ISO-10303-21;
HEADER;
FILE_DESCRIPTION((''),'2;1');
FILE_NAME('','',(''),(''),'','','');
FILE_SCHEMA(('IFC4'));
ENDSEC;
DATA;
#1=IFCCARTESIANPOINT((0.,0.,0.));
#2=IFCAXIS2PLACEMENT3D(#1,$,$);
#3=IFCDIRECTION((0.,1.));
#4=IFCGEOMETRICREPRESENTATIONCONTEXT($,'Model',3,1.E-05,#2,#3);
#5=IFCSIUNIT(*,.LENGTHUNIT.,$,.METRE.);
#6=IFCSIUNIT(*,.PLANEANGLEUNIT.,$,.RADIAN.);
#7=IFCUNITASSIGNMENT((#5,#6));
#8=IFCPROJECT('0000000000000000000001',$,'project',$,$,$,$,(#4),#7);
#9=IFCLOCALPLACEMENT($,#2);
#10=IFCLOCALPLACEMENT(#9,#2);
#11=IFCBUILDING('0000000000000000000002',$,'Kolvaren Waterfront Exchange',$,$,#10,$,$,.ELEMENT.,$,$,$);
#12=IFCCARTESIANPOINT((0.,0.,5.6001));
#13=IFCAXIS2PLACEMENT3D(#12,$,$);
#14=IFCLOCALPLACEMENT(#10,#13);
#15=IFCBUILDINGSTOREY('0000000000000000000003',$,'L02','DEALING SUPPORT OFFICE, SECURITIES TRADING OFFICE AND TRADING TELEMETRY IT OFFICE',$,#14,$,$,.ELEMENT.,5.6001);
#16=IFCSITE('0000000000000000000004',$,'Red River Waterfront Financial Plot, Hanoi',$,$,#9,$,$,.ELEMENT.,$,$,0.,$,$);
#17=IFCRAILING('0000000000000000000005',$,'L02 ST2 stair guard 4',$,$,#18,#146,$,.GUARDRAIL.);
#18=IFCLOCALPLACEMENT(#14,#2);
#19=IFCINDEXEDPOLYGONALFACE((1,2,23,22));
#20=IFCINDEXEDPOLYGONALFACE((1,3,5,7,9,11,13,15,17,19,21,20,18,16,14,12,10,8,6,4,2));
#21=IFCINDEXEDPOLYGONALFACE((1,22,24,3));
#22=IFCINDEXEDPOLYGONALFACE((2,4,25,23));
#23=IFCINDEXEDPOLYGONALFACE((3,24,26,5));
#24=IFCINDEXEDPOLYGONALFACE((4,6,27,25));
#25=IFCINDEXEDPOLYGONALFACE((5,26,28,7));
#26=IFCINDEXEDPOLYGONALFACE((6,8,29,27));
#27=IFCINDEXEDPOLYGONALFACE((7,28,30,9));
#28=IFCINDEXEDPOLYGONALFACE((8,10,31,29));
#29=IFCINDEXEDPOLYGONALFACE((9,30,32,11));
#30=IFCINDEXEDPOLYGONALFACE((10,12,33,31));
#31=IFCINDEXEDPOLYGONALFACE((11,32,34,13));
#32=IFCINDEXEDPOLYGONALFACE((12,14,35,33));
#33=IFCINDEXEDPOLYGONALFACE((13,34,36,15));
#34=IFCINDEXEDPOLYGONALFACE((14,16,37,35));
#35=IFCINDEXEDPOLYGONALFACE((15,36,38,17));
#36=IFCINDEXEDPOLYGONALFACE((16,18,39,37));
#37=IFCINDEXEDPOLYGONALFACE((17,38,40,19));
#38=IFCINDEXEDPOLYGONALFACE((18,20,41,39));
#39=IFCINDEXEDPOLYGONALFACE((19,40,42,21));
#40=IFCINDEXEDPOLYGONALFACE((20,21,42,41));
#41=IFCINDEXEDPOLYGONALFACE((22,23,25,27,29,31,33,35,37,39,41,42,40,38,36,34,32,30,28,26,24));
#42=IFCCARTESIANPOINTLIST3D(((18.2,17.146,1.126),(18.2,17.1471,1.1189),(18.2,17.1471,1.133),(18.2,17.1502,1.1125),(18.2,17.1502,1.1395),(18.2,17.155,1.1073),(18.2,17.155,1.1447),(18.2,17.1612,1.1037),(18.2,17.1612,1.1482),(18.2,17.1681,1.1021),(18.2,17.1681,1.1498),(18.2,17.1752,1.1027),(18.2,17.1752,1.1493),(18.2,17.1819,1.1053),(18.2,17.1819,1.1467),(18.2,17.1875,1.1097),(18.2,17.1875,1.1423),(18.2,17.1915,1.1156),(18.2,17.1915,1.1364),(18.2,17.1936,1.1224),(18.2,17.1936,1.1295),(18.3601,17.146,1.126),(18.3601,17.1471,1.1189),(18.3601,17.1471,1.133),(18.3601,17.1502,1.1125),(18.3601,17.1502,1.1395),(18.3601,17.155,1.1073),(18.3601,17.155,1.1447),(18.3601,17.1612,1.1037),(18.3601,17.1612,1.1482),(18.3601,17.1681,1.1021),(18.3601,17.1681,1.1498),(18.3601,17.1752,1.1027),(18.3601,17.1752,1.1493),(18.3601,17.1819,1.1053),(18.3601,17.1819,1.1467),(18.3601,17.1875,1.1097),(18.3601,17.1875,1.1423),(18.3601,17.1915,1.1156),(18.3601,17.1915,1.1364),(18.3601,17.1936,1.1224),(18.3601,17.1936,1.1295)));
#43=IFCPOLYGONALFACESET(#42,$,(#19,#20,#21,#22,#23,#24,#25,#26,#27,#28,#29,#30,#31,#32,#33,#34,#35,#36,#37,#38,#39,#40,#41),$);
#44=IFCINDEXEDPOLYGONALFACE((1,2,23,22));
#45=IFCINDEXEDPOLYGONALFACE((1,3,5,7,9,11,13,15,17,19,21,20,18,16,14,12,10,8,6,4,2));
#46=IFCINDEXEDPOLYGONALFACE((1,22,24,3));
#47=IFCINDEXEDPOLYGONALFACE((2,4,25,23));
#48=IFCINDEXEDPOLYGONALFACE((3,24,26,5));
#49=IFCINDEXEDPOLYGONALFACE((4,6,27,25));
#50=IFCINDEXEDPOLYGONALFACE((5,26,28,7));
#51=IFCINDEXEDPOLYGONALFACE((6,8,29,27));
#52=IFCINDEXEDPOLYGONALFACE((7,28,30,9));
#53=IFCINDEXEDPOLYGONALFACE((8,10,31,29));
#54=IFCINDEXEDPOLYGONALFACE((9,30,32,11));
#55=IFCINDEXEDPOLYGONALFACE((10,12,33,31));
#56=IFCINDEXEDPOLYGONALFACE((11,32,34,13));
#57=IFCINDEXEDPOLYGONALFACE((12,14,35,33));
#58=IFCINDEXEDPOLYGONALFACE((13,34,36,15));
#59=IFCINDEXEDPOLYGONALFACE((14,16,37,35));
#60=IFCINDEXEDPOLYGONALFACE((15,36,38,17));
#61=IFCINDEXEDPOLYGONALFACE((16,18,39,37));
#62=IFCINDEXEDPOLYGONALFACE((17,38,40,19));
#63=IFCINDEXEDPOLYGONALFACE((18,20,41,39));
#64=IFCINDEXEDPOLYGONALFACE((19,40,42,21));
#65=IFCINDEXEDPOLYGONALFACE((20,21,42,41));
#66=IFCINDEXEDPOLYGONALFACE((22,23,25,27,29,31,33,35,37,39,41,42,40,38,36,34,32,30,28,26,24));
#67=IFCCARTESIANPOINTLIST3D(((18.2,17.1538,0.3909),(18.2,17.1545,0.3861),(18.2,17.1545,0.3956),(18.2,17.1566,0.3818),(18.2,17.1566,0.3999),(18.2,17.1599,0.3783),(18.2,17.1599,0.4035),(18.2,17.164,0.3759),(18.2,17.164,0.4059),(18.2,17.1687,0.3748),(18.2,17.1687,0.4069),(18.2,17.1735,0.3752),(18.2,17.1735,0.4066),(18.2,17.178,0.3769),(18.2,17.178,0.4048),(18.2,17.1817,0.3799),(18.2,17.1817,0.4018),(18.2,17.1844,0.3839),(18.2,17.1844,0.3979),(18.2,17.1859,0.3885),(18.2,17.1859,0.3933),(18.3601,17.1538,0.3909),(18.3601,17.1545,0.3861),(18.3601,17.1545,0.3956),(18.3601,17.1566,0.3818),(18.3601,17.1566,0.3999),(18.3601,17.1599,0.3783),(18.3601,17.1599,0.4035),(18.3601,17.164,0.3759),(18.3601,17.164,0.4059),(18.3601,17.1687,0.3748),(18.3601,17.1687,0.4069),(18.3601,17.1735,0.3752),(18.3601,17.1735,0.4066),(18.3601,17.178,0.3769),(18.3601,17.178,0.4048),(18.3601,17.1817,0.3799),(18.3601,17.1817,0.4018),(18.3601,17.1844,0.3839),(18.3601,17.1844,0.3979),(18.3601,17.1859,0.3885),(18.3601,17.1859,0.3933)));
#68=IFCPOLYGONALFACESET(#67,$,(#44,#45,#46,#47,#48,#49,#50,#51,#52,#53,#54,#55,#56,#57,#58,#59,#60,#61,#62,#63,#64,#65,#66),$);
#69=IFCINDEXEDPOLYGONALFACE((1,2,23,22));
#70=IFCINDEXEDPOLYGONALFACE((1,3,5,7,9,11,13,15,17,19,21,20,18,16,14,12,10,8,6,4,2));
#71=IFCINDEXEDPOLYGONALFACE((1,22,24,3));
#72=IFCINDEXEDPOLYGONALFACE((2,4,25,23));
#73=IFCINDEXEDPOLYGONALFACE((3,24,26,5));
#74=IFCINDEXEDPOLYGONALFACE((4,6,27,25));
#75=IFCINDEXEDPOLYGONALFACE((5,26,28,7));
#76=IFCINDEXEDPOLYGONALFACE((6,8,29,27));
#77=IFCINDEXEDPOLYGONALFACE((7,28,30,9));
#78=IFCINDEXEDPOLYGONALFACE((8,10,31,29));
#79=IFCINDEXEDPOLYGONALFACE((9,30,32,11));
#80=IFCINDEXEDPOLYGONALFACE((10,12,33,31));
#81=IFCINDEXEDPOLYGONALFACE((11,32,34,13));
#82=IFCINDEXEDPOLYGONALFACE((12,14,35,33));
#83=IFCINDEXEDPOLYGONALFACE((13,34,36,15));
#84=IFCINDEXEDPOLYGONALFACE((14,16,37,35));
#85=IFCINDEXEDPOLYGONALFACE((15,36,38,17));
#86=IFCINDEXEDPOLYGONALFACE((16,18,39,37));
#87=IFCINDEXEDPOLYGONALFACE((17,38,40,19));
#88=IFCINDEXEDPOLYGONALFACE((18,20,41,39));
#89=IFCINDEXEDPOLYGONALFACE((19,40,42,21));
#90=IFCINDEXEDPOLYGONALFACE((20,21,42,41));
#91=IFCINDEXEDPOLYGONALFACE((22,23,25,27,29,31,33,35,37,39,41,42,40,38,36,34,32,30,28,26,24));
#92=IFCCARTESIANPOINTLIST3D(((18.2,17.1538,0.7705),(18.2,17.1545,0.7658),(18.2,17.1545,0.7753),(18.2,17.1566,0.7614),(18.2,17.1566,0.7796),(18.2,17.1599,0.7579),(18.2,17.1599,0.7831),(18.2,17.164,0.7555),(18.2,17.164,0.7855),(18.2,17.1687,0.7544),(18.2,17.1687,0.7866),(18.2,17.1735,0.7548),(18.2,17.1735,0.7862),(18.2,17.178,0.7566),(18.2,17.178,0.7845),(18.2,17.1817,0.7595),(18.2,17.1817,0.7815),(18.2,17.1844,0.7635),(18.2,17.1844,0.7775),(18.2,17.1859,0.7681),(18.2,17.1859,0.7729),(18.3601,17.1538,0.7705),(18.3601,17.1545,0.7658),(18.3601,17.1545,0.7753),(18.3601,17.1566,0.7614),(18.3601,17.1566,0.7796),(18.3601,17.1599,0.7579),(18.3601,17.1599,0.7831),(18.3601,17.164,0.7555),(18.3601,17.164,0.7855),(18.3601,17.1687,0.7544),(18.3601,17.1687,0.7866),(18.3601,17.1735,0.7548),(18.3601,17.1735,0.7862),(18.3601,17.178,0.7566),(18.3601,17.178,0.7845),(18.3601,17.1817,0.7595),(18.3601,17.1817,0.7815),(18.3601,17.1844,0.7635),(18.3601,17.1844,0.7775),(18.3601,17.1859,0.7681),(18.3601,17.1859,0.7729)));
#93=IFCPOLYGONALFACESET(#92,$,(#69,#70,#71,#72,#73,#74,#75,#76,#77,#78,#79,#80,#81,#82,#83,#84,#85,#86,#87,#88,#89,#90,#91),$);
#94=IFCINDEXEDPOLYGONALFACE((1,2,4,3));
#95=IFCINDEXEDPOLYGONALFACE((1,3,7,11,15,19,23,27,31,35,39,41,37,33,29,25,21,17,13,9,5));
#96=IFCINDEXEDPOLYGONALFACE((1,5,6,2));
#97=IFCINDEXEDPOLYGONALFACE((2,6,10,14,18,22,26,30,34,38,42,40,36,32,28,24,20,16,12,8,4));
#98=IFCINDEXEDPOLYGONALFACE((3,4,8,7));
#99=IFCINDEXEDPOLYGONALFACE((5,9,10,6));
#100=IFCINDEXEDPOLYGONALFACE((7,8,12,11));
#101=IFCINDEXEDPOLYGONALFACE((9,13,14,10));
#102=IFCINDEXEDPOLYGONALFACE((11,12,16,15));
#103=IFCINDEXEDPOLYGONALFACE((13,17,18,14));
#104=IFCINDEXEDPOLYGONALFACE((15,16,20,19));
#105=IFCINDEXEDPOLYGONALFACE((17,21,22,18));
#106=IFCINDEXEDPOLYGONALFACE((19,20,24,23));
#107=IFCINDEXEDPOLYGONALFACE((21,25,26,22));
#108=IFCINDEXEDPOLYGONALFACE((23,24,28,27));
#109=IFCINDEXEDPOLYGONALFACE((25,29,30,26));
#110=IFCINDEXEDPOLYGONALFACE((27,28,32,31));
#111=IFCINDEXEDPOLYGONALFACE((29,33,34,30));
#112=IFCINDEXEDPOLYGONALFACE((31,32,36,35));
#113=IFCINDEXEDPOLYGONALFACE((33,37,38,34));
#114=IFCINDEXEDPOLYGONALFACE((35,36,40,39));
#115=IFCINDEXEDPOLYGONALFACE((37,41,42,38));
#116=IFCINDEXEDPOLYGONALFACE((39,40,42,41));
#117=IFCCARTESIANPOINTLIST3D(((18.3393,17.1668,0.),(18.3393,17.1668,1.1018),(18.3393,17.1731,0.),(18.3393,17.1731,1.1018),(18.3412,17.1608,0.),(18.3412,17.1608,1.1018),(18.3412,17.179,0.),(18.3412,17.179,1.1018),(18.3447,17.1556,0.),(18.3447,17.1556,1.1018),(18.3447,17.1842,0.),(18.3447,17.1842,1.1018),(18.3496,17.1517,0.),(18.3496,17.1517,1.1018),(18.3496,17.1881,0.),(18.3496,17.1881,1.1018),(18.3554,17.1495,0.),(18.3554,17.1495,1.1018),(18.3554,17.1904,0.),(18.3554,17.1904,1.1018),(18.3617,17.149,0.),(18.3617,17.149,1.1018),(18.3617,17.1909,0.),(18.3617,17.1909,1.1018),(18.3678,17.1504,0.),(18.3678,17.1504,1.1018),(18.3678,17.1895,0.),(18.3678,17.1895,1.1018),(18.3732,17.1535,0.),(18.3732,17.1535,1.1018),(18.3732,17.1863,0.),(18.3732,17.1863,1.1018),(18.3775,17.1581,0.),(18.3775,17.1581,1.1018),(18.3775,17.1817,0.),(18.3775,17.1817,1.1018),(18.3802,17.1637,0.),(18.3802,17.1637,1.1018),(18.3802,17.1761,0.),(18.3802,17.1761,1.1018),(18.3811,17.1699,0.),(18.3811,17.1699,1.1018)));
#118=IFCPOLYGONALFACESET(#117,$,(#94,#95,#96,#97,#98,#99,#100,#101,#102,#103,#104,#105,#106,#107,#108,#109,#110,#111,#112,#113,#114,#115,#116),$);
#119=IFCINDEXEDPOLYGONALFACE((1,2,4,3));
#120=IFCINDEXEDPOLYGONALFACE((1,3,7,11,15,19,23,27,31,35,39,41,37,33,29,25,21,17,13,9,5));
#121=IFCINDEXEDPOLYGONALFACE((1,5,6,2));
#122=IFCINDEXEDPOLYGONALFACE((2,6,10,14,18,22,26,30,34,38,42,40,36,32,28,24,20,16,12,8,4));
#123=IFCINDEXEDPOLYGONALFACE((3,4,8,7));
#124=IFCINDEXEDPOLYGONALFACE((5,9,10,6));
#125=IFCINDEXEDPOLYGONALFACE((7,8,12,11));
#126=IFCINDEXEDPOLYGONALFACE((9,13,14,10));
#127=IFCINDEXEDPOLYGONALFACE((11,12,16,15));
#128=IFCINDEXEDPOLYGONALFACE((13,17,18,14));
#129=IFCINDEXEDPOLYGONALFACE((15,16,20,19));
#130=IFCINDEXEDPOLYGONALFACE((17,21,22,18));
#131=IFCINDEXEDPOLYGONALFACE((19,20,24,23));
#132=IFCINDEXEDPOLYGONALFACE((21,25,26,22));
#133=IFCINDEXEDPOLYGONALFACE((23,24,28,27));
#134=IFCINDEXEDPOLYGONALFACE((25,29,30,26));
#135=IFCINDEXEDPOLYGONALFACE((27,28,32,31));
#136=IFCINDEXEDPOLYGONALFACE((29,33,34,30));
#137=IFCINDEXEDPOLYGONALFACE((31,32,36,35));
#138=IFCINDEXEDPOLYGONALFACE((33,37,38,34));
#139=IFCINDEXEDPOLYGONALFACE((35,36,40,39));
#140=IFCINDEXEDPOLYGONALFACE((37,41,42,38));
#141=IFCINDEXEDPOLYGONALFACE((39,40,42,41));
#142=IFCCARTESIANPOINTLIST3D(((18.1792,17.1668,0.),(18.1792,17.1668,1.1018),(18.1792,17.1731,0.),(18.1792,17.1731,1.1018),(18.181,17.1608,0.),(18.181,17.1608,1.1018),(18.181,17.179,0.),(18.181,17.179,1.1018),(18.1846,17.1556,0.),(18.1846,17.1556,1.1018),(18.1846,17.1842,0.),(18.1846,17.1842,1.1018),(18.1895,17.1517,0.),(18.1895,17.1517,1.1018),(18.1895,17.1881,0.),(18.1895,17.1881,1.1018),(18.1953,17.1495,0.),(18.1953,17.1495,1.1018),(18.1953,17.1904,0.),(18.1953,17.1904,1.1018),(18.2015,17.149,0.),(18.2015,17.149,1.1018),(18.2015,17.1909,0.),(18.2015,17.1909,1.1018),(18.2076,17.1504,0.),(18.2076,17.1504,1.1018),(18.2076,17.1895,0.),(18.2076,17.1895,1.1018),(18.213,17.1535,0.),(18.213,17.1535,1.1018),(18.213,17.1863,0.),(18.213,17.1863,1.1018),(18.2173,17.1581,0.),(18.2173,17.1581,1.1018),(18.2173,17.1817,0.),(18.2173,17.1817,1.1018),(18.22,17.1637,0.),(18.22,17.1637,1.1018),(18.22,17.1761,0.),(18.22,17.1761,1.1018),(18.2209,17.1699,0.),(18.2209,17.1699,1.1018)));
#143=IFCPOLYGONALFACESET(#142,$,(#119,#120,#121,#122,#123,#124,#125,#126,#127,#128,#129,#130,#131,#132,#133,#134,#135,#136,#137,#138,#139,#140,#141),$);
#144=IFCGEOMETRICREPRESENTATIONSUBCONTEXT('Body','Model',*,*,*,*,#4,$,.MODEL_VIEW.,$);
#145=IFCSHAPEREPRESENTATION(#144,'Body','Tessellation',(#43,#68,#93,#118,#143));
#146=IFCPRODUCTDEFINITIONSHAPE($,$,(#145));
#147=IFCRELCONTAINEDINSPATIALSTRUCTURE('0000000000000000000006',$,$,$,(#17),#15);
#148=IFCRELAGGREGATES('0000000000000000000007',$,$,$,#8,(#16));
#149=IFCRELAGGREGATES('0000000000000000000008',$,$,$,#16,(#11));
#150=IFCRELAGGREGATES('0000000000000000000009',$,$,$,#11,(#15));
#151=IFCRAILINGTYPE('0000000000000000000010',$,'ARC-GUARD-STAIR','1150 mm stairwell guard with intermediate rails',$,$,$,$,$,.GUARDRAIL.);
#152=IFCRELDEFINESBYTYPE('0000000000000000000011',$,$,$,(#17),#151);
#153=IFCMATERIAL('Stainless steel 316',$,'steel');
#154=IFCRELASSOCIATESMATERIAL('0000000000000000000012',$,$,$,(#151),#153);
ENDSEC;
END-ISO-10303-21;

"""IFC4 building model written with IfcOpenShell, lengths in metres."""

from ifc_helpers import new_model, si_unit, direction, frame, origin, origin_2d, place, context, subcontext, project, spatial, circle, extrude, material, type_object, element, save


model = new_model("IFC4")

# Units and contexts
model_context = context("Model", 3, precision=1e-05, world=origin(), true_north=direction((0.0, 1.0)))
body_context = subcontext(model_context, "Body", "Model", "MODEL_VIEW")
ifc_project = project(units=[si_unit("LENGTHUNIT", "METRE"), si_unit("PLANEANGLEUNIT", "RADIAN")], contexts=[model_context])

# Site, building, storey
site_placement = place(None, origin())
site = spatial("IfcSite", under=ifc_project, at=site_placement, Name="Red River Waterfront Financial Plot, Hanoi", CompositionType="ELEMENT", RefElevation=0.0)
building_placement = place(site_placement, origin())
building = spatial("IfcBuilding", under=site, at=building_placement, Name="Kolvaren Waterfront Exchange", CompositionType="ELEMENT")
storey_placement = place(building_placement, frame((0.0, 0.0, 5.6001)))
storey = spatial("IfcBuildingStorey", under=building, at=storey_placement, Name="L02", Description="DEALING SUPPORT OFFICE, SECURITIES TRADING OFFICE AND TRADING TELEMETRY IT OFFICE", CompositionType="ELEMENT", Elevation=5.6001)

# Railing
ifc_material_1 = material(Name="Stainless steel 316", Category="steel")
railing_type_1 = type_object("IfcRailingType", Name="ARC-GUARD-STAIR", Description="1150 mm stairwell guard with intermediate rails", PredefinedType="GUARDRAIL", material=ifc_material_1)
railing_1_placement = place(storey_placement, frame((18.3601, 17.1699, 0.0)))
element("IfcRailing", 1, at=railing_1_placement, inside=storey, type_object=railing_type_1, Name="L02 ST2 stair guard 4", PredefinedType="GUARDRAIL", context=body_context, shape_type="SweptSolid", body=[
    extrude(circle(Radius=0.0239, at=origin_2d()), frame((0.0, 0.0, 1.126), z_axis=(-1.0, 0.0, 0.0), x_axis=(0.0, -1.0, 0.0)), (0.0, 0.0, 1.0), 0.1602),
    extrude(circle(Radius=0.0161, at=origin_2d()), frame((0.0, 0.0, 0.3909), z_axis=(-1.0, 0.0, 0.0), x_axis=(0.0, -1.0, 0.0)), (0.0, 0.0, 1.0), 0.1602),
    extrude(circle(Radius=0.0161, at=origin_2d()), frame((0.0, 0.0, 0.7705), z_axis=(-1.0, 0.0, 0.0), x_axis=(0.0, -1.0, 0.0)), (0.0, 0.0, 1.0), 0.1602),
    extrude(circle(Radius=0.021, at=origin_2d()), origin(), (0.0, 0.0, 1.0), 1.1018),
    extrude(circle(Radius=0.021, at=origin_2d()), frame((-0.1602, 0.0, 0.0)), (0.0, 0.0, 1.0), 1.1018),
])

save(model, "model.ifc")
